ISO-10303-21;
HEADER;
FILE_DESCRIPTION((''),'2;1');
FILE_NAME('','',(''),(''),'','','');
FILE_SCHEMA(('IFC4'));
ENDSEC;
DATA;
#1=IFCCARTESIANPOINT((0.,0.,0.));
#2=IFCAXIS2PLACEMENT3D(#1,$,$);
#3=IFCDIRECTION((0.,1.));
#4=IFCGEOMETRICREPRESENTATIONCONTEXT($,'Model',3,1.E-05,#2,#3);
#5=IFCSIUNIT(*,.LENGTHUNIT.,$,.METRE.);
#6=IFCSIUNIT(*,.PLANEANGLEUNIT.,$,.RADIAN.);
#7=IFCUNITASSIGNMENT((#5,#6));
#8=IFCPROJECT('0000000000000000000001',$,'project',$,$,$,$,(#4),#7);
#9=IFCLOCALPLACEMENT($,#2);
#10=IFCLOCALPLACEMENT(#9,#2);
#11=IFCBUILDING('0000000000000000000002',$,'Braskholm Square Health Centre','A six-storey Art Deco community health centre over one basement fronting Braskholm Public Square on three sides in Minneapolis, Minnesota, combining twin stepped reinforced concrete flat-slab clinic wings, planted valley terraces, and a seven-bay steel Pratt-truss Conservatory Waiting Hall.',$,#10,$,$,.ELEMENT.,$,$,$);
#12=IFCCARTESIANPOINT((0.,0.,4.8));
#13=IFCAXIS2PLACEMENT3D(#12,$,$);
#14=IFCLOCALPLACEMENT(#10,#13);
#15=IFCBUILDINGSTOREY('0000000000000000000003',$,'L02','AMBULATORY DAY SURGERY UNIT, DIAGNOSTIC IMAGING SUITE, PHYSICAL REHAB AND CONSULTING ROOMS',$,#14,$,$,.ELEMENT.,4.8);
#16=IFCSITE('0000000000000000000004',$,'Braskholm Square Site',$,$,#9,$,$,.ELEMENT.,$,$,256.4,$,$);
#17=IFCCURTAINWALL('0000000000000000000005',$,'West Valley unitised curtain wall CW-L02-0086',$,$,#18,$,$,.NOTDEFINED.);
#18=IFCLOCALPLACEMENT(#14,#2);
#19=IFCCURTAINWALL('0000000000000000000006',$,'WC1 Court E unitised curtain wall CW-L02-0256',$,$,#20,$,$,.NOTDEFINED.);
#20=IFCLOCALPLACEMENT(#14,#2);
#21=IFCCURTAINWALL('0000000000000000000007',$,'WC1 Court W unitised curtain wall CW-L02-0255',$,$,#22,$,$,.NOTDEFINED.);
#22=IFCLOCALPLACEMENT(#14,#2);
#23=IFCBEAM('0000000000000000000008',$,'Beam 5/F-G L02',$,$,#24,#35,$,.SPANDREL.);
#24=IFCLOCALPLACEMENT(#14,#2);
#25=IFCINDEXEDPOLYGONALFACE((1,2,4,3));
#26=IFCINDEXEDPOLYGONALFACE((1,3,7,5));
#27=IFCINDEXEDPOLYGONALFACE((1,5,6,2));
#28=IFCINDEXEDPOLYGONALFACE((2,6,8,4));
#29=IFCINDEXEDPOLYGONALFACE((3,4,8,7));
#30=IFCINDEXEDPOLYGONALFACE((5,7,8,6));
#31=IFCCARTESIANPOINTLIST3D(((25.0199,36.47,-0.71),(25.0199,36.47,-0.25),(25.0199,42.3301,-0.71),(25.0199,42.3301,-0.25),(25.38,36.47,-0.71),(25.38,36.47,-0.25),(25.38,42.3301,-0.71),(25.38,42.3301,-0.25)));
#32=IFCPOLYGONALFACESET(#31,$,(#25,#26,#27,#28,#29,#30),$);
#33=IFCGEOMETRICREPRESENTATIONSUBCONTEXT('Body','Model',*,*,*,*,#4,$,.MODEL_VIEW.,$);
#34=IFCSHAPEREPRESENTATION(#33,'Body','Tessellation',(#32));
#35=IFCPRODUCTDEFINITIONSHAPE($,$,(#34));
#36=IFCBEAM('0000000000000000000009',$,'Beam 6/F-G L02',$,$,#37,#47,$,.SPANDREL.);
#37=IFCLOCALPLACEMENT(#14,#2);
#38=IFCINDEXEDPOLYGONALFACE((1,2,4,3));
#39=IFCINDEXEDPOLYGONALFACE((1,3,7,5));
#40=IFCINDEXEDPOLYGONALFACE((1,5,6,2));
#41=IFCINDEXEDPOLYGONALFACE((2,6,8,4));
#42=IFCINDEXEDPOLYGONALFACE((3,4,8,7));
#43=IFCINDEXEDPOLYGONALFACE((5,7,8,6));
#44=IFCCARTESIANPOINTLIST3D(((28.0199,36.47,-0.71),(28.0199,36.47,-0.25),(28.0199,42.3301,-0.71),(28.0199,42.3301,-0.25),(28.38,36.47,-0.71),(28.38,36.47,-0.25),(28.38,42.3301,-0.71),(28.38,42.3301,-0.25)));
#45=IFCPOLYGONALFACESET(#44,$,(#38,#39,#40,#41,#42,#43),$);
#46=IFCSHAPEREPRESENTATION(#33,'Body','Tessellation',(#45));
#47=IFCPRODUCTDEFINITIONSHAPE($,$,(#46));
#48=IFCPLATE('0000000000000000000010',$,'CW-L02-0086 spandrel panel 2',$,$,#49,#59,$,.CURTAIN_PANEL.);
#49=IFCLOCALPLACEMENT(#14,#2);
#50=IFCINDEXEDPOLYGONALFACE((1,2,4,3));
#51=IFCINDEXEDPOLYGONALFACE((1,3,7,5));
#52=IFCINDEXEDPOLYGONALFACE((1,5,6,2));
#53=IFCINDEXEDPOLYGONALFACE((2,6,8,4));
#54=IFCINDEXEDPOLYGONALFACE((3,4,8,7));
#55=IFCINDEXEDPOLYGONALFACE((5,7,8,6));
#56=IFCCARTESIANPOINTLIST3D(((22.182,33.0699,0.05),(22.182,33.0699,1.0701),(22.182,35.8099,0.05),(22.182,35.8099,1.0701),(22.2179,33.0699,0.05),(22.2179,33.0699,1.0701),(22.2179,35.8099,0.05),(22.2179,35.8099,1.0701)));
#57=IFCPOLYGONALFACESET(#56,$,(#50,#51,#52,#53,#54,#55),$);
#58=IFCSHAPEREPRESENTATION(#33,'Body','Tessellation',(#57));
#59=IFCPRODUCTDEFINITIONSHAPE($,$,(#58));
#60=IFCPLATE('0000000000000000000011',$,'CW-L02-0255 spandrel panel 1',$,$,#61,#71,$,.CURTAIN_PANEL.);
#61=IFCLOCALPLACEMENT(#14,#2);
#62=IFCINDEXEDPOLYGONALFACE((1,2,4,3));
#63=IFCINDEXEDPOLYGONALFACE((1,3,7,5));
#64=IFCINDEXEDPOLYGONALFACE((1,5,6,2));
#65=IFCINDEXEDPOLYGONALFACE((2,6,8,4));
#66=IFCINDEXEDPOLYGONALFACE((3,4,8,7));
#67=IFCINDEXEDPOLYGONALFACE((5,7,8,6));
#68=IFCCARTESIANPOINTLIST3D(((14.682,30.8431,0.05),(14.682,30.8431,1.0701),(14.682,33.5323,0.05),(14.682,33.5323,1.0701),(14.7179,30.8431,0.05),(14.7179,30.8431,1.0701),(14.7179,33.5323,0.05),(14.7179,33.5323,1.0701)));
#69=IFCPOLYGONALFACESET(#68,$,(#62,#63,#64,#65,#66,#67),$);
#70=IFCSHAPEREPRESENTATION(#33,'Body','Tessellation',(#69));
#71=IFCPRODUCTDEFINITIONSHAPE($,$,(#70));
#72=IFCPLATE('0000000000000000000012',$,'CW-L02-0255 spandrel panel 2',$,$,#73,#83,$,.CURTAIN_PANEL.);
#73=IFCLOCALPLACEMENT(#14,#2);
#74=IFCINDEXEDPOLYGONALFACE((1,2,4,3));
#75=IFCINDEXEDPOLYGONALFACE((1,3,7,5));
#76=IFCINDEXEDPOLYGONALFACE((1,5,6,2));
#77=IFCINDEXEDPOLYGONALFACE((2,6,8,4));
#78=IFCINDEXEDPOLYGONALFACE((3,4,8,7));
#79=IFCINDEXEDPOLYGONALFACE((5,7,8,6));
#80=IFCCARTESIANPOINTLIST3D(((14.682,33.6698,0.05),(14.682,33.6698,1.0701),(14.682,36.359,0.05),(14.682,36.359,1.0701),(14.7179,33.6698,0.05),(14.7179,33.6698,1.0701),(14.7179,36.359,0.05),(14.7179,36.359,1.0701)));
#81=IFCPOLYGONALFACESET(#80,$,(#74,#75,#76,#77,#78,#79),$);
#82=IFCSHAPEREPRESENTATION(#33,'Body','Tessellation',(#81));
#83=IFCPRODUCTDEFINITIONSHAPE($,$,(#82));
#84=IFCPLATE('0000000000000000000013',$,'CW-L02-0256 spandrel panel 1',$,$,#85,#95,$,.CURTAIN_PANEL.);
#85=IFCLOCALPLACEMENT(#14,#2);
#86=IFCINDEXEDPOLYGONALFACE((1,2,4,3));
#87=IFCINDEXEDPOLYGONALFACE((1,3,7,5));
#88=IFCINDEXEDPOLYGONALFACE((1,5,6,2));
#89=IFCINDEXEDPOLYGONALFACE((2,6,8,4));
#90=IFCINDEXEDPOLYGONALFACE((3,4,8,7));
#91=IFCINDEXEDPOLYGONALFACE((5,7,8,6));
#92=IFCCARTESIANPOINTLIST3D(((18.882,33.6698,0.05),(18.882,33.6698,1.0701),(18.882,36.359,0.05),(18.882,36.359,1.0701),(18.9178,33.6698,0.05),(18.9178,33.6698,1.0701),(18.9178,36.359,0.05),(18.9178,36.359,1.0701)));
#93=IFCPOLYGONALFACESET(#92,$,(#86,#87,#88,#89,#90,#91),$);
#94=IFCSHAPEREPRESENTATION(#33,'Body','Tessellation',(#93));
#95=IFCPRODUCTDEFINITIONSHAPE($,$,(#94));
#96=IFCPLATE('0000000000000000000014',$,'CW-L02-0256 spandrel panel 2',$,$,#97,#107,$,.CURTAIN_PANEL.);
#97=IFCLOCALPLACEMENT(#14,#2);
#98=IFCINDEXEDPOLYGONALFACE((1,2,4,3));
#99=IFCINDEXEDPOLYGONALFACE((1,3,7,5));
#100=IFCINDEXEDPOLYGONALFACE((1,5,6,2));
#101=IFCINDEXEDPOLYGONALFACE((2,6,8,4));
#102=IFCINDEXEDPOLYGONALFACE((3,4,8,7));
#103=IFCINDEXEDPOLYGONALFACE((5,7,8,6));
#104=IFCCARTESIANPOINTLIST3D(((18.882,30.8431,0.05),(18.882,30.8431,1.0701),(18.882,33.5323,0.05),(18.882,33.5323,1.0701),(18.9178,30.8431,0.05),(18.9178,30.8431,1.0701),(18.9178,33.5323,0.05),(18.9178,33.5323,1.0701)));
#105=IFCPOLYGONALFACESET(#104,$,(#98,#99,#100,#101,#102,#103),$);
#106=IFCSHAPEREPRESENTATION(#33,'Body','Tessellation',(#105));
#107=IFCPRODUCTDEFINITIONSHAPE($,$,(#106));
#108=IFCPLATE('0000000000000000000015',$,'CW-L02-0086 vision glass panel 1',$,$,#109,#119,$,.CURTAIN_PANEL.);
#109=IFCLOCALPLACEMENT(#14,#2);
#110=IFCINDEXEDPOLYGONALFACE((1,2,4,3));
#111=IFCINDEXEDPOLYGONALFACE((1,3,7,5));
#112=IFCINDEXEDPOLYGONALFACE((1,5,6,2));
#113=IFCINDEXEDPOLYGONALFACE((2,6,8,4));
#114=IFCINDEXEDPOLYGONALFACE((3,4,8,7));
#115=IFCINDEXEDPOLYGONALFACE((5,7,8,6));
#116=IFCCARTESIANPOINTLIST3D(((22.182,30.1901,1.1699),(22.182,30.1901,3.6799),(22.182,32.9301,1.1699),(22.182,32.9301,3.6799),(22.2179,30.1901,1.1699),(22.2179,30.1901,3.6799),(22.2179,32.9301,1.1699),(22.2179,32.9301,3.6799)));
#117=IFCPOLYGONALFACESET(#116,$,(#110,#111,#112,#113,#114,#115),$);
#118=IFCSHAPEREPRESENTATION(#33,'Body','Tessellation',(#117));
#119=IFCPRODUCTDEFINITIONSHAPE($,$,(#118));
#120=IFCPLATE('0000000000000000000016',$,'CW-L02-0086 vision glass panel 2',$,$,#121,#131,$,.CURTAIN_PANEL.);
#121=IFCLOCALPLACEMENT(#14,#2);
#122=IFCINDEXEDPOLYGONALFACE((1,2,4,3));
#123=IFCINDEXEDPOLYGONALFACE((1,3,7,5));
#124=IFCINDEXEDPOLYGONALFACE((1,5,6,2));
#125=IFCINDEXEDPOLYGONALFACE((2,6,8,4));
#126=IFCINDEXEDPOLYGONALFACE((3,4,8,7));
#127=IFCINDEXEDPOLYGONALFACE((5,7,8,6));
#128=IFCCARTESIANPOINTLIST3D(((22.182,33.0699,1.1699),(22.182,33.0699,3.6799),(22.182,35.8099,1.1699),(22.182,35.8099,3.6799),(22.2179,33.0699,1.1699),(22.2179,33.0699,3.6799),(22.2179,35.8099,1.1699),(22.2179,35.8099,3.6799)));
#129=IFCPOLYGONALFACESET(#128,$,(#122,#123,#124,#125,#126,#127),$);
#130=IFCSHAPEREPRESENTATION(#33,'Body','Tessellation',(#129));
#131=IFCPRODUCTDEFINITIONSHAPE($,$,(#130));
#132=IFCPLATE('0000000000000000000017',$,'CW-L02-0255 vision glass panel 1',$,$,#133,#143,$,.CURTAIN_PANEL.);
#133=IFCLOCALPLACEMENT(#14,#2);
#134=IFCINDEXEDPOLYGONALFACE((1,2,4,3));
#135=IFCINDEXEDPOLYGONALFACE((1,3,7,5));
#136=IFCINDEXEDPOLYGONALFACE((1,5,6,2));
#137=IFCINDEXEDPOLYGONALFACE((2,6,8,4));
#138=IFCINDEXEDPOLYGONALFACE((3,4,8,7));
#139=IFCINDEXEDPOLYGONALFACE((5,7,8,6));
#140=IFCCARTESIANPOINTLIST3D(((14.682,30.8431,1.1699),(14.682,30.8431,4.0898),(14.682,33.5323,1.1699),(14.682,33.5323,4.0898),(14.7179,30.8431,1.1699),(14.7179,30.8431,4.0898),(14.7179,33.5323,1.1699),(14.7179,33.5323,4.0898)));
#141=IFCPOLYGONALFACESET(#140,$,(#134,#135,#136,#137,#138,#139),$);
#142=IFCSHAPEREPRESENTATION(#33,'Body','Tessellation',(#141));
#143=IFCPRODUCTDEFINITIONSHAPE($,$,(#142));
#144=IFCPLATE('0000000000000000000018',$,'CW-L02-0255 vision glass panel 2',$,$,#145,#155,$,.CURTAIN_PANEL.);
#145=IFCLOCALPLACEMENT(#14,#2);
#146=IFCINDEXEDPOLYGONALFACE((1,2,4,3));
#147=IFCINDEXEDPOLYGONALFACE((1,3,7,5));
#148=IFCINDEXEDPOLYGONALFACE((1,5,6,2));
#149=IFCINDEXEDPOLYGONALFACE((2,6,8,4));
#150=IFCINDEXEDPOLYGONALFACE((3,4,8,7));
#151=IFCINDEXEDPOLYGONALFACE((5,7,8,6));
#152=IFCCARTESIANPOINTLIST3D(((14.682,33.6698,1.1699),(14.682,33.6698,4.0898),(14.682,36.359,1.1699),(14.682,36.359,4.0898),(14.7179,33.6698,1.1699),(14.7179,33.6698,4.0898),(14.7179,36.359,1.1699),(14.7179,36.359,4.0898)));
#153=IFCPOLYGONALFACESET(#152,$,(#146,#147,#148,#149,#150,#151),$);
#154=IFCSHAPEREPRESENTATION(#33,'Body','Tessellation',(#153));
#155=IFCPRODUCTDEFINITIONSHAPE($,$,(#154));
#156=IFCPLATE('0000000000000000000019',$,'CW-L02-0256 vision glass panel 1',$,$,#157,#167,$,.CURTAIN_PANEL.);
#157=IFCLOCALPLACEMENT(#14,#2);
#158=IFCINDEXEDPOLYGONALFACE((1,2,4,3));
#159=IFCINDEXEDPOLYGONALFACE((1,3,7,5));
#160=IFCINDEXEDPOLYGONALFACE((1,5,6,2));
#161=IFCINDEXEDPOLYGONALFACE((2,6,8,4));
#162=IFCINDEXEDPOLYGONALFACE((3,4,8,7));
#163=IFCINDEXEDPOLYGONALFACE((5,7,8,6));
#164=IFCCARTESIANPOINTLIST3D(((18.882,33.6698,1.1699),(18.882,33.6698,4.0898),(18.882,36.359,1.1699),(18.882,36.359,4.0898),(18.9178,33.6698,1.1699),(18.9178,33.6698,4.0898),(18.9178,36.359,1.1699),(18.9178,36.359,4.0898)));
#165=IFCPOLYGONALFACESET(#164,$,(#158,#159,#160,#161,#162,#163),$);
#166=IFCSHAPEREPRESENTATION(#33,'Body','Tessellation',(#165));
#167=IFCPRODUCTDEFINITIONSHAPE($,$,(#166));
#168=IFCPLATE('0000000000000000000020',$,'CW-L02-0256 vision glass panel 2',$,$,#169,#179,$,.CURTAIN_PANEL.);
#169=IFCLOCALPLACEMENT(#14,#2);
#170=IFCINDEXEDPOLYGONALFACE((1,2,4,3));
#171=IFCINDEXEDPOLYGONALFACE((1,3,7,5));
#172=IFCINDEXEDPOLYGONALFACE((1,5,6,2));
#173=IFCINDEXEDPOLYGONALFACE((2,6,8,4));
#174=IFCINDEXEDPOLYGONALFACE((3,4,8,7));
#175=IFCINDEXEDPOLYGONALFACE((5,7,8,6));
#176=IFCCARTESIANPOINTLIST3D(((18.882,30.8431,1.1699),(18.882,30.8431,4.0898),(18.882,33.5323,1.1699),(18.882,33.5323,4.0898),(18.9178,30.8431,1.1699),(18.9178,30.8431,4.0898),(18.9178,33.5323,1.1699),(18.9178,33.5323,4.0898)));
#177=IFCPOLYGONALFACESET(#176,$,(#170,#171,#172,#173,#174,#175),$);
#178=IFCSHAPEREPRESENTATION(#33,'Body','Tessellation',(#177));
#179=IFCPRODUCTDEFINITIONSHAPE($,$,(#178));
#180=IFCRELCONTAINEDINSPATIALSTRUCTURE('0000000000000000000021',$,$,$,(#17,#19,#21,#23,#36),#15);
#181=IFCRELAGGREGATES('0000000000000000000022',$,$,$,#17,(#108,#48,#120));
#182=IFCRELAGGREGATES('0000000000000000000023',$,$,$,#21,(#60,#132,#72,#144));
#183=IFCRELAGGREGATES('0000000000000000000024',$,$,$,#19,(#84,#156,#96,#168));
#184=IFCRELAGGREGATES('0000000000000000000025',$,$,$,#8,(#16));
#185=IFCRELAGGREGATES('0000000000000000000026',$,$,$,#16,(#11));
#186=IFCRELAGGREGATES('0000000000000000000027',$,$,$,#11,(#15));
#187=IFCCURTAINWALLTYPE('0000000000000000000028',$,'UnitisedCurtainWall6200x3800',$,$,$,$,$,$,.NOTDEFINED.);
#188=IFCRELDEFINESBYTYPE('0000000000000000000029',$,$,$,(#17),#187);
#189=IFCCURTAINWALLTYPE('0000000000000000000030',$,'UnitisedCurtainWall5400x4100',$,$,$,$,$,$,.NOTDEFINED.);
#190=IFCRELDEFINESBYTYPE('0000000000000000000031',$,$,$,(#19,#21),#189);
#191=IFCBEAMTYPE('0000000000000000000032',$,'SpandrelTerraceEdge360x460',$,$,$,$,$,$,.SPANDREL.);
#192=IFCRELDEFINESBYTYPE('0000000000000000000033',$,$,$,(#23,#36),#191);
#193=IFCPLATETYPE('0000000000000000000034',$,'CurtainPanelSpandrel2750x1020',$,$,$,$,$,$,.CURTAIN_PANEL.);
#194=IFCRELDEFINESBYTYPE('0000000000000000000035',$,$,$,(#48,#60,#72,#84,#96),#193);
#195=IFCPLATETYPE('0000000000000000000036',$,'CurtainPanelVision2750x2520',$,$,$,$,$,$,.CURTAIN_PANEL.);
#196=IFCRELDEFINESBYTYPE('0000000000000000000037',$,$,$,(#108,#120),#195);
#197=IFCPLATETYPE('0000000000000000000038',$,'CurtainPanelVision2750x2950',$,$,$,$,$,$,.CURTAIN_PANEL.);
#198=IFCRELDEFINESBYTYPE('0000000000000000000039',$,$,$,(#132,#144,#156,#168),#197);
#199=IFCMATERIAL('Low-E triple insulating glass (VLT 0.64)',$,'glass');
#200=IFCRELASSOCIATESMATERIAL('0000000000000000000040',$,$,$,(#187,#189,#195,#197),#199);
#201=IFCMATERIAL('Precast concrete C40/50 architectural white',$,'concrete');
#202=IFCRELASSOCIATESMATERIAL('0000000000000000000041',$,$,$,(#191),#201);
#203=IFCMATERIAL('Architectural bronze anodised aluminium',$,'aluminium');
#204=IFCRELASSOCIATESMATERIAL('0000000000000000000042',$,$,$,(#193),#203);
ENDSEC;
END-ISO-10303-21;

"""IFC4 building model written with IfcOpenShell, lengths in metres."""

from ifc_helpers import new_model, si_unit, direction, frame, origin, origin_2d, place, context, subcontext, project, spatial, rectangle, extrude, material, material_profile, profile_set, type_object, element, aggregate, save


model = new_model("IFC4")

# Units and contexts
model_context = context("Model", 3, precision=1e-05, world=origin(), true_north=direction((0.0, 1.0)))
body_context = subcontext(model_context, "Body", "Model", "MODEL_VIEW")
ifc_project = project(units=[si_unit("LENGTHUNIT", "METRE"), si_unit("PLANEANGLEUNIT", "RADIAN")], contexts=[model_context])

# Site, building, storey
site_placement = place(None, origin())
site = spatial("IfcSite", under=ifc_project, at=site_placement, Name="Braskholm Square Site", CompositionType="ELEMENT", RefElevation=256.4)
building_placement = place(site_placement, origin())
building = spatial("IfcBuilding", under=site, at=building_placement, Name="Braskholm Square Health Centre", Description="A six-storey Art Deco community health centre over one basement fronting Braskholm Public Square on three sides in Minneapolis, Minnesota, combining twin stepped reinforced concrete flat-slab clinic wings, planted valley terraces, and a seven-bay steel Pratt-truss Conservatory Waiting Hall.", CompositionType="ELEMENT")
storey_placement = place(building_placement, frame((0.0, 0.0, 4.8)))
storey = spatial("IfcBuildingStorey", under=building, at=storey_placement, Name="L02", Description="AMBULATORY DAY SURGERY UNIT, DIAGNOSTIC IMAGING SUITE, PHYSICAL REHAB AND CONSULTING ROOMS", CompositionType="ELEMENT", Elevation=4.8)

# Curtain walls
ifc_material_1 = material(Name="Low-E triple insulating glass (VLT 0.64)", Category="glass")
curtain_wall_type_1 = type_object("IfcCurtainWallType", Name="UnitisedCurtainWall6200x3800", PredefinedType="NOTDEFINED", material=ifc_material_1)
curtain_wall_1_placement = place(storey_placement, origin())
curtain_wall_1 = element("IfcCurtainWall", 1, at=curtain_wall_1_placement, inside=storey, type_object=curtain_wall_type_1, Name="West Valley unitised curtain wall CW-L02-0086", PredefinedType="NOTDEFINED")
ifc_material_2 = material(Name="Architectural bronze anodised aluminium", Category="aluminium")
curtain_wall_type_2 = type_object("IfcCurtainWallType", Name="UnitisedCurtainWall5400x4100", PredefinedType="NOTDEFINED", material=ifc_material_1)
curtain_wall_2_placement = place(storey_placement, origin())
curtain_wall_2 = element("IfcCurtainWall", 2, at=curtain_wall_2_placement, inside=storey, type_object=curtain_wall_type_2, Name="WC1 Court E unitised curtain wall CW-L02-0256", PredefinedType="NOTDEFINED")
curtain_wall_3_placement = place(storey_placement, origin())
curtain_wall_3 = element("IfcCurtainWall", 3, at=curtain_wall_3_placement, inside=storey, type_object=curtain_wall_type_2, Name="WC1 Court W unitised curtain wall CW-L02-0255", PredefinedType="NOTDEFINED")

# Beams
ifc_material_3 = material(Name="Precast concrete C40/50 architectural white", Category="concrete")
ifc_material_profile_1 = material_profile(ifc_material_3, rectangle(XDim=0.3601, YDim=0.46, at=origin_2d()), Name="RCB-360X460")
ifc_profile_set_1 = profile_set([ifc_material_profile_1], Name="Precast concrete C40/50 architectural white")
beam_type_1 = type_object("IfcBeamType", Name="SpandrelTerraceEdge360x460", PredefinedType="SPANDREL", material=ifc_profile_set_1)
for number, where, z_axis, x_axis, name in (
    (4, (25.2, 36.47, -0.48), (0.0, 1.0, 0.0), (-1.0, 0.0, 0.0), "Beam 5/F-G L02"),
    (5, (28.2, 36.47, -0.48), (0.0, 1.0, 0.0), (-1.0, 0.0, 0.0), "Beam 6/F-G L02"),
):
    element("IfcBeam", number, at=place(storey_placement, frame(where, z_axis=z_axis, x_axis=x_axis)), inside=storey, type_object=beam_type_1, Name=name, PredefinedType="SPANDREL", context=body_context, shape_type="SweptSolid", body=[
        extrude(rectangle(XDim=0.3601, YDim=0.46, at=origin_2d()), origin(), (0.0, 0.0, 1.0), 5.8601),
    ])

# Plates
plate_type_1 = type_object("IfcPlateType", Name="CurtainPanelSpandrel2750x1020", PredefinedType="CURTAIN_PANEL", material=ifc_material_2)
plate_1_placement = place(storey_placement, frame((22.2, 34.4399, 0.05), z_axis=(0.0, 0.0, 1.0), x_axis=(0.0, 1.0, 0.0)))
plate_1 = element("IfcPlate", 6, at=plate_1_placement, type_object=plate_type_1, Name="CW-L02-0086 spandrel panel 2", PredefinedType="CURTAIN_PANEL", context=body_context, shape_type="SweptSolid", body=[
    extrude(rectangle(XDim=2.74, YDim=0.0359, at=origin_2d()), origin(), (0.0, 0.0, 1.0), 1.02),
])
plate_2_placement = place(storey_placement, frame((14.7, 32.1877, 0.05), z_axis=(0.0, 0.0, 1.0), x_axis=(0.0, 1.0, 0.0)))
plate_2 = element("IfcPlate", 7, at=plate_2_placement, type_object=plate_type_1, Name="CW-L02-0255 spandrel panel 1", PredefinedType="CURTAIN_PANEL", context=body_context, shape_type="SweptSolid", body=[
    extrude(rectangle(XDim=2.6892, YDim=0.0359, at=origin_2d()), origin(), (0.0, 0.0, 1.0), 1.02),
])
plate_3_placement = place(storey_placement, frame((14.7, 35.0144, 0.05), z_axis=(0.0, 0.0, 1.0), x_axis=(0.0, 1.0, 0.0)))
plate_3 = element("IfcPlate", 8, at=plate_3_placement, type_object=plate_type_1, Name="CW-L02-0255 spandrel panel 2", PredefinedType="CURTAIN_PANEL", context=body_context, shape_type="SweptSolid", body=[
    extrude(rectangle(XDim=2.6892, YDim=0.0359, at=origin_2d()), origin(), (0.0, 0.0, 1.0), 1.02),
])
plate_4_placement = place(storey_placement, frame((18.8999, 35.0144, 0.05), z_axis=(0.0, 0.0, 1.0), x_axis=(0.0, -1.0, 0.0)))
plate_4 = element("IfcPlate", 9, at=plate_4_placement, type_object=plate_type_1, Name="CW-L02-0256 spandrel panel 1", PredefinedType="CURTAIN_PANEL", context=body_context, shape_type="SweptSolid", body=[
    extrude(rectangle(XDim=2.6892, YDim=0.0359, at=origin_2d()), origin(), (0.0, 0.0, 1.0), 1.02),
])
plate_5_placement = place(storey_placement, frame((18.8999, 32.1877, 0.05), z_axis=(0.0, 0.0, 1.0), x_axis=(0.0, -1.0, 0.0)))
plate_5 = element("IfcPlate", 10, at=plate_5_placement, type_object=plate_type_1, Name="CW-L02-0256 spandrel panel 2", PredefinedType="CURTAIN_PANEL", context=body_context, shape_type="SweptSolid", body=[
    extrude(rectangle(XDim=2.6892, YDim=0.0359, at=origin_2d()), origin(), (0.0, 0.0, 1.0), 1.02),
])
plate_type_2 = type_object("IfcPlateType", Name="CurtainPanelVision2750x2520", PredefinedType="CURTAIN_PANEL", material=ifc_material_1)
plate_6_placement = place(storey_placement, frame((22.2, 31.5601, 1.1699), z_axis=(0.0, 0.0, 1.0), x_axis=(0.0, 1.0, 0.0)))
plate_6 = element("IfcPlate", 11, at=plate_6_placement, type_object=plate_type_2, Name="CW-L02-0086 vision glass panel 1", PredefinedType="CURTAIN_PANEL", context=body_context, shape_type="SweptSolid", body=[
    extrude(rectangle(XDim=2.74, YDim=0.0359, at=origin_2d()), origin(), (0.0, 0.0, 1.0), 2.51),
])
plate_7_placement = place(storey_placement, frame((22.2, 34.4399, 1.1699), z_axis=(0.0, 0.0, 1.0), x_axis=(0.0, 1.0, 0.0)))
plate_7 = element("IfcPlate", 12, at=plate_7_placement, type_object=plate_type_2, Name="CW-L02-0086 vision glass panel 2", PredefinedType="CURTAIN_PANEL", context=body_context, shape_type="SweptSolid", body=[
    extrude(rectangle(XDim=2.74, YDim=0.0359, at=origin_2d()), origin(), (0.0, 0.0, 1.0), 2.51),
])
aggregate(curtain_wall_1, [plate_6, plate_1, plate_7])
plate_type_3 = type_object("IfcPlateType", Name="CurtainPanelVision2750x2950", PredefinedType="CURTAIN_PANEL", material=ifc_material_1)
plate_8_placement = place(storey_placement, frame((14.7, 32.1877, 1.1699), z_axis=(0.0, 0.0, 1.0), x_axis=(0.0, 1.0, 0.0)))
plate_8 = element("IfcPlate", 13, at=plate_8_placement, type_object=plate_type_3, Name="CW-L02-0255 vision glass panel 1", PredefinedType="CURTAIN_PANEL", context=body_context, shape_type="SweptSolid", body=[
    extrude(rectangle(XDim=2.6892, YDim=0.0359, at=origin_2d()), origin(), (0.0, 0.0, 1.0), 2.9199),
])
plate_9_placement = place(storey_placement, frame((14.7, 35.0144, 1.1699), z_axis=(0.0, 0.0, 1.0), x_axis=(0.0, 1.0, 0.0)))
plate_9 = element("IfcPlate", 14, at=plate_9_placement, type_object=plate_type_3, Name="CW-L02-0255 vision glass panel 2", PredefinedType="CURTAIN_PANEL", context=body_context, shape_type="SweptSolid", body=[
    extrude(rectangle(XDim=2.6892, YDim=0.0359, at=origin_2d()), origin(), (0.0, 0.0, 1.0), 2.9199),
])
aggregate(curtain_wall_3, [plate_2, plate_8, plate_3, plate_9])
plate_10_placement = place(storey_placement, frame((18.8999, 35.0144, 1.1699), z_axis=(0.0, 0.0, 1.0), x_axis=(0.0, -1.0, 0.0)))
plate_10 = element("IfcPlate", 15, at=plate_10_placement, type_object=plate_type_3, Name="CW-L02-0256 vision glass panel 1", PredefinedType="CURTAIN_PANEL", context=body_context, shape_type="SweptSolid", body=[
    extrude(rectangle(XDim=2.6892, YDim=0.0359, at=origin_2d()), origin(), (0.0, 0.0, 1.0), 2.9199),
])
plate_11_placement = place(storey_placement, frame((18.8999, 32.1877, 1.1699), z_axis=(0.0, 0.0, 1.0), x_axis=(0.0, -1.0, 0.0)))
plate_11 = element("IfcPlate", 16, at=plate_11_placement, type_object=plate_type_3, Name="CW-L02-0256 vision glass panel 2", PredefinedType="CURTAIN_PANEL", context=body_context, shape_type="SweptSolid", body=[
    extrude(rectangle(XDim=2.6892, YDim=0.0359, at=origin_2d()), origin(), (0.0, 0.0, 1.0), 2.9199),
])
aggregate(curtain_wall_2, [plate_4, plate_10, plate_5, plate_11])

save(model, "model.ifc")
